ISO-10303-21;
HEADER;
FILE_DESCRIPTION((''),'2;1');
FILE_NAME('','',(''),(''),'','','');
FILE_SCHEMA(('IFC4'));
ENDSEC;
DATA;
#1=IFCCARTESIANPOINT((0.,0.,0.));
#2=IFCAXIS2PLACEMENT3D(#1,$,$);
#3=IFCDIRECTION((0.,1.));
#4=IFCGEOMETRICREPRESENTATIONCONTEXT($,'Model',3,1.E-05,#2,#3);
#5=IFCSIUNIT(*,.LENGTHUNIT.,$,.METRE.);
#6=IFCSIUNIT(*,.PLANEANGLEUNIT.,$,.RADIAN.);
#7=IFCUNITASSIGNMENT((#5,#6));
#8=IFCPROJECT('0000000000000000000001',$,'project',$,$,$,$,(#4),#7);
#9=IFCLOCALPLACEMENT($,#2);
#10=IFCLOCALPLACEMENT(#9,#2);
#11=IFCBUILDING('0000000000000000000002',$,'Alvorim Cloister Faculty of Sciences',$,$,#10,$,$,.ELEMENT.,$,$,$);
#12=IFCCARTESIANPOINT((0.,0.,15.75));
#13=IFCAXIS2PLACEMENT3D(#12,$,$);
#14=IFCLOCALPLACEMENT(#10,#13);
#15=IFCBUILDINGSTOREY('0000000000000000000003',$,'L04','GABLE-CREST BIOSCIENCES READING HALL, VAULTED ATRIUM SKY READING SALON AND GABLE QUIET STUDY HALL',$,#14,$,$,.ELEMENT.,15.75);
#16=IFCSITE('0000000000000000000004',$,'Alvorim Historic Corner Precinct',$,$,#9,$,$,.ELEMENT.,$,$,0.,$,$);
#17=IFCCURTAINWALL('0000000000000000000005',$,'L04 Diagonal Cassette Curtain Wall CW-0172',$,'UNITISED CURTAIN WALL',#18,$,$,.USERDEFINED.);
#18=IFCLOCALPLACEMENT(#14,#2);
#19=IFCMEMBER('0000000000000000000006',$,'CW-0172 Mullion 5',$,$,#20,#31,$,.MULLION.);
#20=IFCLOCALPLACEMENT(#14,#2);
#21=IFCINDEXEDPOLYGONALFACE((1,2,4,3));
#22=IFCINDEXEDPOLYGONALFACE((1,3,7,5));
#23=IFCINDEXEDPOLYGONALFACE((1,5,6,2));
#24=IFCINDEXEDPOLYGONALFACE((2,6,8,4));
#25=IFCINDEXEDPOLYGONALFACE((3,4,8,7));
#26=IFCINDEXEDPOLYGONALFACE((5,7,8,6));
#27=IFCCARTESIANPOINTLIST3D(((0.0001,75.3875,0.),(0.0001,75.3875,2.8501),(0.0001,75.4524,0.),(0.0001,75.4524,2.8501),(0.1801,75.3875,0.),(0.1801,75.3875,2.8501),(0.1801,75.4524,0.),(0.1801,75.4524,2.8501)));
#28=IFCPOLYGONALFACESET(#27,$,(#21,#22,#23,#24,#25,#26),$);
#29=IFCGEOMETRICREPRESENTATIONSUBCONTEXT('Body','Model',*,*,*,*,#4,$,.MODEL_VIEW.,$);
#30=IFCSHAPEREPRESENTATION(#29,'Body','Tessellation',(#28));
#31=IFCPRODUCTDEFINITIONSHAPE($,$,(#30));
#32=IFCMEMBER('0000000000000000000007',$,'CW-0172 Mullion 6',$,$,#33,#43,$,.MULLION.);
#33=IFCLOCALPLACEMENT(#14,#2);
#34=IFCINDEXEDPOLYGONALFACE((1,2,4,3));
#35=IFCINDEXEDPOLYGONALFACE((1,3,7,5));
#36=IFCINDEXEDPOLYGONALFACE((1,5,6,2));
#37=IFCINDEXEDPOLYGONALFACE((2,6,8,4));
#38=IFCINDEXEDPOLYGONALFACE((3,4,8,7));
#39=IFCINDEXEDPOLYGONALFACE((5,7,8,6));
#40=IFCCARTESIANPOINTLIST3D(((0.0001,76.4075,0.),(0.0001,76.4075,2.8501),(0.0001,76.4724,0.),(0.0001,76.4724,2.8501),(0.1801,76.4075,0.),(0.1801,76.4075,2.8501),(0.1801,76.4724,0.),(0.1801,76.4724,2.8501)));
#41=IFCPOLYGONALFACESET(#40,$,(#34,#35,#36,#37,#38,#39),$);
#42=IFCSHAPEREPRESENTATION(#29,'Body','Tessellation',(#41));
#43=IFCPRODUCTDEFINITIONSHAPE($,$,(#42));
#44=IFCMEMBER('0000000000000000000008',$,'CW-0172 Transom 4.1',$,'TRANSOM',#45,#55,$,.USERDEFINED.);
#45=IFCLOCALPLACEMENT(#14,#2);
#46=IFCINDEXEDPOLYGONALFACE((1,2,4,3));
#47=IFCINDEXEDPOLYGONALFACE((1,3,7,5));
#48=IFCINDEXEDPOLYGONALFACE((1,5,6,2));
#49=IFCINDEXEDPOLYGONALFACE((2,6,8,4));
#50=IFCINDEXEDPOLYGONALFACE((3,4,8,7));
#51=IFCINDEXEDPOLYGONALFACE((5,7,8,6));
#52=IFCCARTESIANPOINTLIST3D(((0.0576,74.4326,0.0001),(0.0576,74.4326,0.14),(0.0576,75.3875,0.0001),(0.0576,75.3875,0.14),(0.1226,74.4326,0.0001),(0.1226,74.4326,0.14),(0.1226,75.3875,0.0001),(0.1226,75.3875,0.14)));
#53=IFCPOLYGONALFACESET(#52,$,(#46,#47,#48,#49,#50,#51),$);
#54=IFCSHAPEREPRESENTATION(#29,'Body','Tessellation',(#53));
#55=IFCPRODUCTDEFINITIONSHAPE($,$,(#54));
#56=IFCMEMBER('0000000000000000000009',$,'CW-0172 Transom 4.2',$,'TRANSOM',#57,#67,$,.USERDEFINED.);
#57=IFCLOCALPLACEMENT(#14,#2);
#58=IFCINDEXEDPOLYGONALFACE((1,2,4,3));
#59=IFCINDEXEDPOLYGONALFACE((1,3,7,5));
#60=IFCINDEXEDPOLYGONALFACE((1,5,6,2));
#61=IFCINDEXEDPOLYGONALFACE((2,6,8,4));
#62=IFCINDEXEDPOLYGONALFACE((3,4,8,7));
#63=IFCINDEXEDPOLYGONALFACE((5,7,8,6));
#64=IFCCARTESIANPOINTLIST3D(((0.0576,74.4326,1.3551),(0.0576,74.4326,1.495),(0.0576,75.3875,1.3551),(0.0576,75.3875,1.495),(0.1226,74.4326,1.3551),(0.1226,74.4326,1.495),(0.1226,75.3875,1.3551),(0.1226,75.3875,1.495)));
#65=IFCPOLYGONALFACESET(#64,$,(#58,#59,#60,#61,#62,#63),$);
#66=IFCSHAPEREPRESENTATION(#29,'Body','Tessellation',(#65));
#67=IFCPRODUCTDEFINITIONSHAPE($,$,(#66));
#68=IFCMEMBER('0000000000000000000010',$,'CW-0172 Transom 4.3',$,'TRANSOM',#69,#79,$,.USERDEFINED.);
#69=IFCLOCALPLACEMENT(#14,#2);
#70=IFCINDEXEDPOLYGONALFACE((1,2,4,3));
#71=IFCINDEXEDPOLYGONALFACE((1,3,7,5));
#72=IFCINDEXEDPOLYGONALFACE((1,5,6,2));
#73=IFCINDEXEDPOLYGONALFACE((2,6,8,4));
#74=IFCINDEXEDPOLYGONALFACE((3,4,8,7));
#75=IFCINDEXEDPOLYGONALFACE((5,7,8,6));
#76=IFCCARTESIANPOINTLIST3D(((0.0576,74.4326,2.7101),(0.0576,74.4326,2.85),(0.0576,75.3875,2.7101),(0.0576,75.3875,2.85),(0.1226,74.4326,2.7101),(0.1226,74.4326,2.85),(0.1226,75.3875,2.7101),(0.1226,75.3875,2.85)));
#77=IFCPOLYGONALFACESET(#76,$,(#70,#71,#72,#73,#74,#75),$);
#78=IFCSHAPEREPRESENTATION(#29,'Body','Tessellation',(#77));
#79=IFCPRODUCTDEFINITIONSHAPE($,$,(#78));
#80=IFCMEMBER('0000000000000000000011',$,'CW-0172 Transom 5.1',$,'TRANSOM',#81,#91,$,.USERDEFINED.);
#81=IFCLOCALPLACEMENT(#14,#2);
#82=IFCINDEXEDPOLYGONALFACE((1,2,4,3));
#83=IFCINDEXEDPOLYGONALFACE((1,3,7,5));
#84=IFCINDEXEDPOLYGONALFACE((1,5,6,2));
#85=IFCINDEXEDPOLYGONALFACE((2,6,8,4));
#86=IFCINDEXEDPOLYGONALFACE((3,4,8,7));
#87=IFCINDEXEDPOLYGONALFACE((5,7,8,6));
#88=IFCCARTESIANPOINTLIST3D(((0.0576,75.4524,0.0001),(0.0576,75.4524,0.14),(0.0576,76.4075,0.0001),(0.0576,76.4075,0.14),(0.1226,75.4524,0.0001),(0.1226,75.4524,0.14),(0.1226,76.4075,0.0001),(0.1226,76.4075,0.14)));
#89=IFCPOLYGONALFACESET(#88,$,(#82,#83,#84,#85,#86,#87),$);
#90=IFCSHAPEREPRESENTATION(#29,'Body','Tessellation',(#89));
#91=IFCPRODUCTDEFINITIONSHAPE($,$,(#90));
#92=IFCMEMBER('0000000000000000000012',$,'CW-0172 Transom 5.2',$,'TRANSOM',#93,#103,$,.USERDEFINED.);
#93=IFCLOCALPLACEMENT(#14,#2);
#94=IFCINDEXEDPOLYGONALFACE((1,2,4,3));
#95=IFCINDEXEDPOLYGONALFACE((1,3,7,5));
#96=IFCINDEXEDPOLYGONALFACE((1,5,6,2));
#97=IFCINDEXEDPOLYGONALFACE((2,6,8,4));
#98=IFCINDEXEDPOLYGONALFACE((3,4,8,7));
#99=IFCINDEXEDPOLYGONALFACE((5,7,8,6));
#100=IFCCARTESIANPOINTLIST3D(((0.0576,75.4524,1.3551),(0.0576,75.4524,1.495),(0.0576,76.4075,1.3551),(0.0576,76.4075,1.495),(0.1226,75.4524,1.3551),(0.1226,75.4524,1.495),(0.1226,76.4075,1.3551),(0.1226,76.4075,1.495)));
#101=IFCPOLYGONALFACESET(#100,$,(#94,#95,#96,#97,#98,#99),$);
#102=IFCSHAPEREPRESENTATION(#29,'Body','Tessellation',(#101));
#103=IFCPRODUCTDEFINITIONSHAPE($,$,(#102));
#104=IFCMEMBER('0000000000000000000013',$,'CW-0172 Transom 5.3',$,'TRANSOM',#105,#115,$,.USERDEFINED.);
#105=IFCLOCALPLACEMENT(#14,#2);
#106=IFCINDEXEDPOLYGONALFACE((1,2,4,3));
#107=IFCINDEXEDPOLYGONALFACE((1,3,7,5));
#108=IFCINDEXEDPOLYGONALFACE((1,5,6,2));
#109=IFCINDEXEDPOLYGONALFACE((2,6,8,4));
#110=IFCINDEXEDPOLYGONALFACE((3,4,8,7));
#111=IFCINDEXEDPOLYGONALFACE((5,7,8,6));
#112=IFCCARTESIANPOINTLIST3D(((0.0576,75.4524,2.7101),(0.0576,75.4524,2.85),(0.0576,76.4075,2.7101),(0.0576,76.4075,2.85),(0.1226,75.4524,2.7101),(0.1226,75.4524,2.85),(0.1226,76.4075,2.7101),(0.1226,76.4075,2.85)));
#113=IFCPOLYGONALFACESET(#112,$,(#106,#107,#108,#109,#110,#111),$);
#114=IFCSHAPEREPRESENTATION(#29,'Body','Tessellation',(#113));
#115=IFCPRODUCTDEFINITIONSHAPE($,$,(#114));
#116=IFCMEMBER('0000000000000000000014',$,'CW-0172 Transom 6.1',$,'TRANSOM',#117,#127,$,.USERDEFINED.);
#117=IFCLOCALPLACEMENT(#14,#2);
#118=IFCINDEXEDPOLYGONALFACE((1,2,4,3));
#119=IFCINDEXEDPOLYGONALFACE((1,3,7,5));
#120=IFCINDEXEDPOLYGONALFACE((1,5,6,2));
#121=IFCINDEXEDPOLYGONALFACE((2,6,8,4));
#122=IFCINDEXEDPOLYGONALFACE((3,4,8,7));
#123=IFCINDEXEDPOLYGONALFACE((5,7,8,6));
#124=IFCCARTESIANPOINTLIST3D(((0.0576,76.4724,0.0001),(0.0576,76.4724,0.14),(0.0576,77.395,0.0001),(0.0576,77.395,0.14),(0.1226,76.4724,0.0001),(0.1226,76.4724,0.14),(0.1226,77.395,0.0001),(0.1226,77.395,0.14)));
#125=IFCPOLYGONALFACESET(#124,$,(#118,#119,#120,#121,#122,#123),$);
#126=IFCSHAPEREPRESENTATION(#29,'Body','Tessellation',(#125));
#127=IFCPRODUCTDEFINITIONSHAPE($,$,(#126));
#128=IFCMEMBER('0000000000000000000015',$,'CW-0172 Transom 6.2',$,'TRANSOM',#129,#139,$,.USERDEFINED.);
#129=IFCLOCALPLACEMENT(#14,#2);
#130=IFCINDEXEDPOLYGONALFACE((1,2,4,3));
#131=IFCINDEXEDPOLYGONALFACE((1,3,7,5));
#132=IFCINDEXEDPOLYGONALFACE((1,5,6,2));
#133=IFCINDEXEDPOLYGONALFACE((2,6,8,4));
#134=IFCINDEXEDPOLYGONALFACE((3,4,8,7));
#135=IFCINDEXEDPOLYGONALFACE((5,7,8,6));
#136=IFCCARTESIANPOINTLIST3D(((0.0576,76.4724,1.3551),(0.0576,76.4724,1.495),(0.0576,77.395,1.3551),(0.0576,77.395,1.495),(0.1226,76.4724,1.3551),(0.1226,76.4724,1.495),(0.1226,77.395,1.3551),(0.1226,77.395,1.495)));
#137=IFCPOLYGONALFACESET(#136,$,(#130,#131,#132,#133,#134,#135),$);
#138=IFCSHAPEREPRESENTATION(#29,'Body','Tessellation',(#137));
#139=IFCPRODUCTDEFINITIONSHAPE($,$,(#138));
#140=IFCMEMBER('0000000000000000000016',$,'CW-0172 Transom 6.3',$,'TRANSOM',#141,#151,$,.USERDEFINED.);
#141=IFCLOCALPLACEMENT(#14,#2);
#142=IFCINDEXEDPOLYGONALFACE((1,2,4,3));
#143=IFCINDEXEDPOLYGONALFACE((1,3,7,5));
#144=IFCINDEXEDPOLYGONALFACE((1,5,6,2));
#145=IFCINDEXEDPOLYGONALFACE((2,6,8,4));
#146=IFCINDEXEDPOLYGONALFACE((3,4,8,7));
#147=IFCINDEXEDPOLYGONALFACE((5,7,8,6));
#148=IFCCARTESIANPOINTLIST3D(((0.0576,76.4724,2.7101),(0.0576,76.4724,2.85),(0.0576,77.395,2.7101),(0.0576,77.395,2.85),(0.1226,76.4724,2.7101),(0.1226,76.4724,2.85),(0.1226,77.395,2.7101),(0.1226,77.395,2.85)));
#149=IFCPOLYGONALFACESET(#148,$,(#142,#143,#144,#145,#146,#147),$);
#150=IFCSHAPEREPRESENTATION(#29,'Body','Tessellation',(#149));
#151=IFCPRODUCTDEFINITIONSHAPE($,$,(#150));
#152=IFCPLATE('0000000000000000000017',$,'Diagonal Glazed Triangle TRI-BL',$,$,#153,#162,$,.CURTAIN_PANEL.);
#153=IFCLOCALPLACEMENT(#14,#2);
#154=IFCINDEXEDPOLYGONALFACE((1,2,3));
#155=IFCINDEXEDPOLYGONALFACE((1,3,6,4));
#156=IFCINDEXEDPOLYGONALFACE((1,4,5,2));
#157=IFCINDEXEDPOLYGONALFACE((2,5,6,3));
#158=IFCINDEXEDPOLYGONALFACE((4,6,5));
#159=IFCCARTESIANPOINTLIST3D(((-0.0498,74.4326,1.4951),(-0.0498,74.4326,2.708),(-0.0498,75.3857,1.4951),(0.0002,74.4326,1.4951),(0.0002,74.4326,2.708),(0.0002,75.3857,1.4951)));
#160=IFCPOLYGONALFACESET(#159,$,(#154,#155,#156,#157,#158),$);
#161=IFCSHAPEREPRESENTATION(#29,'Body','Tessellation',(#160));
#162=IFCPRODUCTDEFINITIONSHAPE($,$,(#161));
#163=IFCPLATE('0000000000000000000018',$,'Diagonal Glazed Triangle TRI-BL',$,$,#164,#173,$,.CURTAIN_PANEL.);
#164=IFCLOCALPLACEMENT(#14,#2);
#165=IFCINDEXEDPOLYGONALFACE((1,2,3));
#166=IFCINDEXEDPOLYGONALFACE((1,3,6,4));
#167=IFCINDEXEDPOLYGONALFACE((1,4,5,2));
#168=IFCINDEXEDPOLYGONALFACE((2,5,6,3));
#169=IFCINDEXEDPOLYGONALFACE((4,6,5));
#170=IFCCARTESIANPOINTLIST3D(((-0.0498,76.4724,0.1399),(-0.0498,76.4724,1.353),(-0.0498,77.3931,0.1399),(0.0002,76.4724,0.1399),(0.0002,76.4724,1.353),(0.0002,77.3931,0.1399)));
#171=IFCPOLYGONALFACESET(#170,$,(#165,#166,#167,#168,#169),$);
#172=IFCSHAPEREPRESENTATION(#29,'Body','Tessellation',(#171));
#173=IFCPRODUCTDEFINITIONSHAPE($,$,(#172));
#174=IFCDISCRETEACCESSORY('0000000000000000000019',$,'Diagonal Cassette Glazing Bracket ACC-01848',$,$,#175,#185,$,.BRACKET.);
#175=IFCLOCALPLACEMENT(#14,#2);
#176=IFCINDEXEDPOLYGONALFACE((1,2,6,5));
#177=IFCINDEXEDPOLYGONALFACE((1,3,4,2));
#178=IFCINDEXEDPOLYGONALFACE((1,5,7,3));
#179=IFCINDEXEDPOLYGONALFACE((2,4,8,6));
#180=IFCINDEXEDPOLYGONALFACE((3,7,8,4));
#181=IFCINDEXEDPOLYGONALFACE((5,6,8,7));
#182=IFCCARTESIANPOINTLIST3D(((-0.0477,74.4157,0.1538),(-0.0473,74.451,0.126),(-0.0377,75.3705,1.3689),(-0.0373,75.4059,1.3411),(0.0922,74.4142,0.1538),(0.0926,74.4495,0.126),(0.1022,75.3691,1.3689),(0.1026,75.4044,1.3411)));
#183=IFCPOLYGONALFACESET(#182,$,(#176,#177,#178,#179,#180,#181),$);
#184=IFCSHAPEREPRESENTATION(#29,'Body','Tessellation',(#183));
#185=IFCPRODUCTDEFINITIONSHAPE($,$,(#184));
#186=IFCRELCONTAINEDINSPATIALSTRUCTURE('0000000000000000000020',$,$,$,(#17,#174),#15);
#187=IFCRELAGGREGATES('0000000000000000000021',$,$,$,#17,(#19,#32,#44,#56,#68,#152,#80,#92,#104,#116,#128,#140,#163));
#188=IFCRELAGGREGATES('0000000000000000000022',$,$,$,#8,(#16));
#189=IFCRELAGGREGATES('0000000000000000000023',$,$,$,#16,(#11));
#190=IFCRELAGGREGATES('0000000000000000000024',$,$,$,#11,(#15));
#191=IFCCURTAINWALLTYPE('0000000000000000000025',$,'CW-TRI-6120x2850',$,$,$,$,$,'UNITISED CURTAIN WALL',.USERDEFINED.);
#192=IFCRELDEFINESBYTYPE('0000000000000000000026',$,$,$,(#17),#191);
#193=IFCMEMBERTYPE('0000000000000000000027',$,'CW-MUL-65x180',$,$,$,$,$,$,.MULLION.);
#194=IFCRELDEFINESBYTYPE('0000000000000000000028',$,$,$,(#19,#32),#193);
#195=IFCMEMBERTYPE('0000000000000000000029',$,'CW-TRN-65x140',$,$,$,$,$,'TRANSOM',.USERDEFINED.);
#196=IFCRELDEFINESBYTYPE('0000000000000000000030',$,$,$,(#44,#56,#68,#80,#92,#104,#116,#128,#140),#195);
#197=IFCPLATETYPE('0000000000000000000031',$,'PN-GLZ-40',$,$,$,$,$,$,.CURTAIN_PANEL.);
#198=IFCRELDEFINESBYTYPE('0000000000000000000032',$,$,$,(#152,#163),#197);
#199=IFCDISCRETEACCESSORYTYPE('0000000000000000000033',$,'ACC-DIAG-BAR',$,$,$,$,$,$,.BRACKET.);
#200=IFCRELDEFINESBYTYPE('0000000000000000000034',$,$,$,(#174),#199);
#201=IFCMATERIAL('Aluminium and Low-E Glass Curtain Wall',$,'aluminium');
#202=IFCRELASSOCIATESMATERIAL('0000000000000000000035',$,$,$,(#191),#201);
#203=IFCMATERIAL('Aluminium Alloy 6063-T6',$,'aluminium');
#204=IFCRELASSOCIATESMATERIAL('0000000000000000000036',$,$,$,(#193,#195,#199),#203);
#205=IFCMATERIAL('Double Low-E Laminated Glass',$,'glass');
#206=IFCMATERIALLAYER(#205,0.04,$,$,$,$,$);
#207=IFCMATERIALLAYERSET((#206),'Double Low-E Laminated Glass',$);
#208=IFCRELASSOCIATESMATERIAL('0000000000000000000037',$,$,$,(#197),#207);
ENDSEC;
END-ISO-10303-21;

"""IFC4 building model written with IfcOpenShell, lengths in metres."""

from ifc_helpers import new_model, si_unit, direction, frame, origin, origin_2d, place, context, subcontext, project, spatial, polyline, rectangle, outline, extrude, material, layer, layer_set, material_profile, profile_set, type_object, element, aggregate, save


model = new_model("IFC4")

# Units and contexts
model_context = context("Model", 3, precision=1e-05, world=origin(), true_north=direction((0.0, 1.0)))
body_context = subcontext(model_context, "Body", "Model", "MODEL_VIEW")
ifc_project = project(units=[si_unit("LENGTHUNIT", "METRE"), si_unit("PLANEANGLEUNIT", "RADIAN")], contexts=[model_context])

# Site, building, storey
site_placement = place(None, origin())
site = spatial("IfcSite", under=ifc_project, at=site_placement, Name="Alvorim Historic Corner Precinct", CompositionType="ELEMENT", RefElevation=0.0)
building_placement = place(site_placement, origin())
building = spatial("IfcBuilding", under=site, at=building_placement, Name="Alvorim Cloister Faculty of Sciences", CompositionType="ELEMENT")
storey_placement = place(building_placement, frame((0.0, 0.0, 15.75)))
storey = spatial("IfcBuildingStorey", under=building, at=storey_placement, Name="L04", Description="GABLE-CREST BIOSCIENCES READING HALL, VAULTED ATRIUM SKY READING SALON AND GABLE QUIET STUDY HALL", CompositionType="ELEMENT", Elevation=15.75)

# Curtain wall, members, plates
ifc_material_1 = material(Name="Aluminium and Low-E Glass Curtain Wall", Category="aluminium")
curtain_wall_type = type_object("IfcCurtainWallType", Name="CW-TRI-6120x2850", ElementType="UNITISED CURTAIN WALL", PredefinedType="USERDEFINED", material=ifc_material_1)
curtain_wall_placement = place(storey_placement, origin())
curtain_wall = element("IfcCurtainWall", 1, at=curtain_wall_placement, inside=storey, type_object=curtain_wall_type, Name="L04 Diagonal Cassette Curtain Wall CW-0172", ObjectType="UNITISED CURTAIN WALL", PredefinedType="USERDEFINED")
ifc_material_2 = material(Name="Aluminium Alloy 6063-T6", Category="aluminium")
ifc_material_profile_1 = material_profile(ifc_material_2, rectangle(XDim=0.0649, YDim=0.1799, at=origin_2d()), Name="ALU-MUL-65x180")
ifc_profile_set_1 = profile_set([ifc_material_profile_1], Name="Aluminium Alloy 6063-T6")
member_type_1 = type_object("IfcMemberType", Name="CW-MUL-65x180", PredefinedType="MULLION", material=ifc_profile_set_1)
member_1_placement = place(storey_placement, frame((0.0901, 75.4199, 0.0), z_axis=(0.0, 0.0, 1.0), x_axis=(0.0, 1.0, 0.0)))
member_1 = element("IfcMember", 2, at=member_1_placement, type_object=member_type_1, Name="CW-0172 Mullion 5", PredefinedType="MULLION", context=body_context, shape_type="SweptSolid", body=[
    extrude(rectangle(XDim=0.0649, YDim=0.1799, at=origin_2d()), origin(), (0.0, 0.0, 1.0), 2.8501),
])
member_2_placement = place(storey_placement, frame((0.0901, 76.4399, 0.0), z_axis=(0.0, 0.0, 1.0), x_axis=(0.0, 1.0, 0.0)))
member_2 = element("IfcMember", 3, at=member_2_placement, type_object=member_type_1, Name="CW-0172 Mullion 6", PredefinedType="MULLION", context=body_context, shape_type="SweptSolid", body=[
    extrude(rectangle(XDim=0.0649, YDim=0.1799, at=origin_2d()), origin(), (0.0, 0.0, 1.0), 2.8501),
])
ifc_material_profile_2 = material_profile(ifc_material_2, rectangle(XDim=0.0649, YDim=0.1399, at=origin_2d()), Name="ALU-TRN-65x140")
ifc_profile_set_2 = profile_set([ifc_material_profile_2], Name="Aluminium Alloy 6063-T6")
member_type_2 = type_object("IfcMemberType", Name="CW-TRN-65x140", ElementType="TRANSOM", PredefinedType="USERDEFINED", material=ifc_profile_set_2)
member_3_placement = place(storey_placement, frame((0.0901, 74.4326, 0.0701), z_axis=(0.0, 1.0, 0.0), x_axis=(-1.0, 0.0, 0.0)))
member_3 = element("IfcMember", 4, at=member_3_placement, type_object=member_type_2, Name="CW-0172 Transom 4.1", ObjectType="TRANSOM", PredefinedType="USERDEFINED", context=body_context, shape_type="SweptSolid", body=[
    extrude(rectangle(XDim=0.0649, YDim=0.1399, at=origin_2d()), origin(), (0.0, 0.0, 1.0), 0.9548),
])
member_4_placement = place(storey_placement, frame((0.0901, 74.4326, 1.425), z_axis=(0.0, 1.0, 0.0), x_axis=(-1.0, 0.0, 0.0)))
member_4 = element("IfcMember", 5, at=member_4_placement, type_object=member_type_2, Name="CW-0172 Transom 4.2", ObjectType="TRANSOM", PredefinedType="USERDEFINED", context=body_context, shape_type="SweptSolid", body=[
    extrude(rectangle(XDim=0.0649, YDim=0.1399, at=origin_2d()), origin(), (0.0, 0.0, 1.0), 0.9548),
])
member_5_placement = place(storey_placement, frame((0.0901, 74.4326, 2.78), z_axis=(0.0, 1.0, 0.0), x_axis=(-1.0, 0.0, 0.0)))
member_5 = element("IfcMember", 6, at=member_5_placement, type_object=member_type_2, Name="CW-0172 Transom 4.3", ObjectType="TRANSOM", PredefinedType="USERDEFINED", context=body_context, shape_type="SweptSolid", body=[
    extrude(rectangle(XDim=0.0649, YDim=0.1399, at=origin_2d()), origin(), (0.0, 0.0, 1.0), 0.9548),
])
member_6_placement = place(storey_placement, frame((0.0901, 75.4524, 0.0701), z_axis=(0.0, 1.0, 0.0), x_axis=(-1.0, 0.0, 0.0)))
member_6 = element("IfcMember", 7, at=member_6_placement, type_object=member_type_2, Name="CW-0172 Transom 5.1", ObjectType="TRANSOM", PredefinedType="USERDEFINED", context=body_context, shape_type="SweptSolid", body=[
    extrude(rectangle(XDim=0.0649, YDim=0.1399, at=origin_2d()), origin(), (0.0, 0.0, 1.0), 0.9551),
])
member_7_placement = place(storey_placement, frame((0.0901, 75.4524, 1.425), z_axis=(0.0, 1.0, 0.0), x_axis=(-1.0, 0.0, 0.0)))
member_7 = element("IfcMember", 8, at=member_7_placement, type_object=member_type_2, Name="CW-0172 Transom 5.2", ObjectType="TRANSOM", PredefinedType="USERDEFINED", context=body_context, shape_type="SweptSolid", body=[
    extrude(rectangle(XDim=0.0649, YDim=0.1399, at=origin_2d()), origin(), (0.0, 0.0, 1.0), 0.9551),
])
member_8_placement = place(storey_placement, frame((0.0901, 75.4524, 2.78), z_axis=(0.0, 1.0, 0.0), x_axis=(-1.0, 0.0, 0.0)))
member_8 = element("IfcMember", 9, at=member_8_placement, type_object=member_type_2, Name="CW-0172 Transom 5.3", ObjectType="TRANSOM", PredefinedType="USERDEFINED", context=body_context, shape_type="SweptSolid", body=[
    extrude(rectangle(XDim=0.0649, YDim=0.1399, at=origin_2d()), origin(), (0.0, 0.0, 1.0), 0.9551),
])
member_9_placement = place(storey_placement, frame((0.0901, 76.4724, 0.0701), z_axis=(0.0, 1.0, 0.0), x_axis=(-1.0, 0.0, 0.0)))
member_9 = element("IfcMember", 10, at=member_9_placement, type_object=member_type_2, Name="CW-0172 Transom 6.1", ObjectType="TRANSOM", PredefinedType="USERDEFINED", context=body_context, shape_type="SweptSolid", body=[
    extrude(rectangle(XDim=0.0649, YDim=0.1399, at=origin_2d()), origin(), (0.0, 0.0, 1.0), 0.9226),
])
member_10_placement = place(storey_placement, frame((0.0901, 76.4724, 1.425), z_axis=(0.0, 1.0, 0.0), x_axis=(-1.0, 0.0, 0.0)))
member_10 = element("IfcMember", 11, at=member_10_placement, type_object=member_type_2, Name="CW-0172 Transom 6.2", ObjectType="TRANSOM", PredefinedType="USERDEFINED", context=body_context, shape_type="SweptSolid", body=[
    extrude(rectangle(XDim=0.0649, YDim=0.1399, at=origin_2d()), origin(), (0.0, 0.0, 1.0), 0.9226),
])
member_11_placement = place(storey_placement, frame((0.0901, 76.4724, 2.78), z_axis=(0.0, 1.0, 0.0), x_axis=(-1.0, 0.0, 0.0)))
member_11 = element("IfcMember", 12, at=member_11_placement, type_object=member_type_2, Name="CW-0172 Transom 6.3", ObjectType="TRANSOM", PredefinedType="USERDEFINED", context=body_context, shape_type="SweptSolid", body=[
    extrude(rectangle(XDim=0.0649, YDim=0.1399, at=origin_2d()), origin(), (0.0, 0.0, 1.0), 0.9226),
])
ifc_material_3 = material(Name="Double Low-E Laminated Glass", Category="glass")
ifc_layer = layer(ifc_material_3, 0.04)
ifc_layer_set = layer_set([ifc_layer], Name="Double Low-E Laminated Glass")
plate_type = type_object("IfcPlateType", Name="PN-GLZ-40", PredefinedType="CURTAIN_PANEL", material=ifc_layer_set)
plate_1_placement = place(storey_placement, frame((-0.0249, 74.4326, 1.4951), z_axis=(0.0, 0.0, 1.0), x_axis=(0.0, 1.0, 0.0)))
plate_1 = element("IfcPlate", 13, at=plate_1_placement, type_object=plate_type, Name="Diagonal Glazed Triangle TRI-BL", PredefinedType="CURTAIN_PANEL", context=body_context, shape_type="SweptSolid", body=[
    extrude(outline(polyline([(0.0, 0.0), (0.9531, 0.0), (0.0, 1.2129), (0.0, 0.0)])), frame((0.0, 0.0249, 0.0), z_axis=(0.0, -1.0, 0.0), x_axis=(1.0, 0.0, 0.0)), (0.0, 0.0, 1.0), 0.05),
])
plate_2_placement = place(storey_placement, frame((-0.0249, 76.4724, 0.1399), z_axis=(0.0, 0.0, 1.0), x_axis=(0.0, 1.0, 0.0)))
plate_2 = element("IfcPlate", 14, at=plate_2_placement, type_object=plate_type, Name="Diagonal Glazed Triangle TRI-BL", PredefinedType="CURTAIN_PANEL", context=body_context, shape_type="SweptSolid", body=[
    extrude(outline(polyline([(0.0, 0.0), (0.9207, 0.0), (0.0, 1.2131), (0.0, 0.0)])), frame((0.0, 0.0249, 0.0), z_axis=(0.0, -1.0, 0.0), x_axis=(1.0, 0.0, 0.0)), (0.0, 0.0, 1.0), 0.05),
])
aggregate(curtain_wall, [member_1, member_2, member_3, member_4, member_5, plate_1, member_6, member_7, member_8, member_9, member_10, member_11, plate_2])

# Discrete accessory
discrete_accessory_type = type_object("IfcDiscreteAccessoryType", Name="ACC-DIAG-BAR", PredefinedType="BRACKET", material=ifc_material_2)
discrete_accessory_1_placement = place(storey_placement, frame((0.0225, 74.4326, 0.1399), z_axis=(0.006477, 0.617857, 0.786263), x_axis=(-0.999945, 0.010483, 0.0)))
element("IfcDiscreteAccessory", 15, at=discrete_accessory_1_placement, inside=storey, type_object=discrete_accessory_type, Name="Diagonal Cassette Glazing Bracket ACC-01848", PredefinedType="BRACKET", context=body_context, shape_type="SweptSolid", body=[
    extrude(rectangle(XDim=0.1399, YDim=0.0449, at=origin_2d()), origin(), (0.0, 0.0, 1.0), 1.5454),
])

save(model, "model.ifc")
